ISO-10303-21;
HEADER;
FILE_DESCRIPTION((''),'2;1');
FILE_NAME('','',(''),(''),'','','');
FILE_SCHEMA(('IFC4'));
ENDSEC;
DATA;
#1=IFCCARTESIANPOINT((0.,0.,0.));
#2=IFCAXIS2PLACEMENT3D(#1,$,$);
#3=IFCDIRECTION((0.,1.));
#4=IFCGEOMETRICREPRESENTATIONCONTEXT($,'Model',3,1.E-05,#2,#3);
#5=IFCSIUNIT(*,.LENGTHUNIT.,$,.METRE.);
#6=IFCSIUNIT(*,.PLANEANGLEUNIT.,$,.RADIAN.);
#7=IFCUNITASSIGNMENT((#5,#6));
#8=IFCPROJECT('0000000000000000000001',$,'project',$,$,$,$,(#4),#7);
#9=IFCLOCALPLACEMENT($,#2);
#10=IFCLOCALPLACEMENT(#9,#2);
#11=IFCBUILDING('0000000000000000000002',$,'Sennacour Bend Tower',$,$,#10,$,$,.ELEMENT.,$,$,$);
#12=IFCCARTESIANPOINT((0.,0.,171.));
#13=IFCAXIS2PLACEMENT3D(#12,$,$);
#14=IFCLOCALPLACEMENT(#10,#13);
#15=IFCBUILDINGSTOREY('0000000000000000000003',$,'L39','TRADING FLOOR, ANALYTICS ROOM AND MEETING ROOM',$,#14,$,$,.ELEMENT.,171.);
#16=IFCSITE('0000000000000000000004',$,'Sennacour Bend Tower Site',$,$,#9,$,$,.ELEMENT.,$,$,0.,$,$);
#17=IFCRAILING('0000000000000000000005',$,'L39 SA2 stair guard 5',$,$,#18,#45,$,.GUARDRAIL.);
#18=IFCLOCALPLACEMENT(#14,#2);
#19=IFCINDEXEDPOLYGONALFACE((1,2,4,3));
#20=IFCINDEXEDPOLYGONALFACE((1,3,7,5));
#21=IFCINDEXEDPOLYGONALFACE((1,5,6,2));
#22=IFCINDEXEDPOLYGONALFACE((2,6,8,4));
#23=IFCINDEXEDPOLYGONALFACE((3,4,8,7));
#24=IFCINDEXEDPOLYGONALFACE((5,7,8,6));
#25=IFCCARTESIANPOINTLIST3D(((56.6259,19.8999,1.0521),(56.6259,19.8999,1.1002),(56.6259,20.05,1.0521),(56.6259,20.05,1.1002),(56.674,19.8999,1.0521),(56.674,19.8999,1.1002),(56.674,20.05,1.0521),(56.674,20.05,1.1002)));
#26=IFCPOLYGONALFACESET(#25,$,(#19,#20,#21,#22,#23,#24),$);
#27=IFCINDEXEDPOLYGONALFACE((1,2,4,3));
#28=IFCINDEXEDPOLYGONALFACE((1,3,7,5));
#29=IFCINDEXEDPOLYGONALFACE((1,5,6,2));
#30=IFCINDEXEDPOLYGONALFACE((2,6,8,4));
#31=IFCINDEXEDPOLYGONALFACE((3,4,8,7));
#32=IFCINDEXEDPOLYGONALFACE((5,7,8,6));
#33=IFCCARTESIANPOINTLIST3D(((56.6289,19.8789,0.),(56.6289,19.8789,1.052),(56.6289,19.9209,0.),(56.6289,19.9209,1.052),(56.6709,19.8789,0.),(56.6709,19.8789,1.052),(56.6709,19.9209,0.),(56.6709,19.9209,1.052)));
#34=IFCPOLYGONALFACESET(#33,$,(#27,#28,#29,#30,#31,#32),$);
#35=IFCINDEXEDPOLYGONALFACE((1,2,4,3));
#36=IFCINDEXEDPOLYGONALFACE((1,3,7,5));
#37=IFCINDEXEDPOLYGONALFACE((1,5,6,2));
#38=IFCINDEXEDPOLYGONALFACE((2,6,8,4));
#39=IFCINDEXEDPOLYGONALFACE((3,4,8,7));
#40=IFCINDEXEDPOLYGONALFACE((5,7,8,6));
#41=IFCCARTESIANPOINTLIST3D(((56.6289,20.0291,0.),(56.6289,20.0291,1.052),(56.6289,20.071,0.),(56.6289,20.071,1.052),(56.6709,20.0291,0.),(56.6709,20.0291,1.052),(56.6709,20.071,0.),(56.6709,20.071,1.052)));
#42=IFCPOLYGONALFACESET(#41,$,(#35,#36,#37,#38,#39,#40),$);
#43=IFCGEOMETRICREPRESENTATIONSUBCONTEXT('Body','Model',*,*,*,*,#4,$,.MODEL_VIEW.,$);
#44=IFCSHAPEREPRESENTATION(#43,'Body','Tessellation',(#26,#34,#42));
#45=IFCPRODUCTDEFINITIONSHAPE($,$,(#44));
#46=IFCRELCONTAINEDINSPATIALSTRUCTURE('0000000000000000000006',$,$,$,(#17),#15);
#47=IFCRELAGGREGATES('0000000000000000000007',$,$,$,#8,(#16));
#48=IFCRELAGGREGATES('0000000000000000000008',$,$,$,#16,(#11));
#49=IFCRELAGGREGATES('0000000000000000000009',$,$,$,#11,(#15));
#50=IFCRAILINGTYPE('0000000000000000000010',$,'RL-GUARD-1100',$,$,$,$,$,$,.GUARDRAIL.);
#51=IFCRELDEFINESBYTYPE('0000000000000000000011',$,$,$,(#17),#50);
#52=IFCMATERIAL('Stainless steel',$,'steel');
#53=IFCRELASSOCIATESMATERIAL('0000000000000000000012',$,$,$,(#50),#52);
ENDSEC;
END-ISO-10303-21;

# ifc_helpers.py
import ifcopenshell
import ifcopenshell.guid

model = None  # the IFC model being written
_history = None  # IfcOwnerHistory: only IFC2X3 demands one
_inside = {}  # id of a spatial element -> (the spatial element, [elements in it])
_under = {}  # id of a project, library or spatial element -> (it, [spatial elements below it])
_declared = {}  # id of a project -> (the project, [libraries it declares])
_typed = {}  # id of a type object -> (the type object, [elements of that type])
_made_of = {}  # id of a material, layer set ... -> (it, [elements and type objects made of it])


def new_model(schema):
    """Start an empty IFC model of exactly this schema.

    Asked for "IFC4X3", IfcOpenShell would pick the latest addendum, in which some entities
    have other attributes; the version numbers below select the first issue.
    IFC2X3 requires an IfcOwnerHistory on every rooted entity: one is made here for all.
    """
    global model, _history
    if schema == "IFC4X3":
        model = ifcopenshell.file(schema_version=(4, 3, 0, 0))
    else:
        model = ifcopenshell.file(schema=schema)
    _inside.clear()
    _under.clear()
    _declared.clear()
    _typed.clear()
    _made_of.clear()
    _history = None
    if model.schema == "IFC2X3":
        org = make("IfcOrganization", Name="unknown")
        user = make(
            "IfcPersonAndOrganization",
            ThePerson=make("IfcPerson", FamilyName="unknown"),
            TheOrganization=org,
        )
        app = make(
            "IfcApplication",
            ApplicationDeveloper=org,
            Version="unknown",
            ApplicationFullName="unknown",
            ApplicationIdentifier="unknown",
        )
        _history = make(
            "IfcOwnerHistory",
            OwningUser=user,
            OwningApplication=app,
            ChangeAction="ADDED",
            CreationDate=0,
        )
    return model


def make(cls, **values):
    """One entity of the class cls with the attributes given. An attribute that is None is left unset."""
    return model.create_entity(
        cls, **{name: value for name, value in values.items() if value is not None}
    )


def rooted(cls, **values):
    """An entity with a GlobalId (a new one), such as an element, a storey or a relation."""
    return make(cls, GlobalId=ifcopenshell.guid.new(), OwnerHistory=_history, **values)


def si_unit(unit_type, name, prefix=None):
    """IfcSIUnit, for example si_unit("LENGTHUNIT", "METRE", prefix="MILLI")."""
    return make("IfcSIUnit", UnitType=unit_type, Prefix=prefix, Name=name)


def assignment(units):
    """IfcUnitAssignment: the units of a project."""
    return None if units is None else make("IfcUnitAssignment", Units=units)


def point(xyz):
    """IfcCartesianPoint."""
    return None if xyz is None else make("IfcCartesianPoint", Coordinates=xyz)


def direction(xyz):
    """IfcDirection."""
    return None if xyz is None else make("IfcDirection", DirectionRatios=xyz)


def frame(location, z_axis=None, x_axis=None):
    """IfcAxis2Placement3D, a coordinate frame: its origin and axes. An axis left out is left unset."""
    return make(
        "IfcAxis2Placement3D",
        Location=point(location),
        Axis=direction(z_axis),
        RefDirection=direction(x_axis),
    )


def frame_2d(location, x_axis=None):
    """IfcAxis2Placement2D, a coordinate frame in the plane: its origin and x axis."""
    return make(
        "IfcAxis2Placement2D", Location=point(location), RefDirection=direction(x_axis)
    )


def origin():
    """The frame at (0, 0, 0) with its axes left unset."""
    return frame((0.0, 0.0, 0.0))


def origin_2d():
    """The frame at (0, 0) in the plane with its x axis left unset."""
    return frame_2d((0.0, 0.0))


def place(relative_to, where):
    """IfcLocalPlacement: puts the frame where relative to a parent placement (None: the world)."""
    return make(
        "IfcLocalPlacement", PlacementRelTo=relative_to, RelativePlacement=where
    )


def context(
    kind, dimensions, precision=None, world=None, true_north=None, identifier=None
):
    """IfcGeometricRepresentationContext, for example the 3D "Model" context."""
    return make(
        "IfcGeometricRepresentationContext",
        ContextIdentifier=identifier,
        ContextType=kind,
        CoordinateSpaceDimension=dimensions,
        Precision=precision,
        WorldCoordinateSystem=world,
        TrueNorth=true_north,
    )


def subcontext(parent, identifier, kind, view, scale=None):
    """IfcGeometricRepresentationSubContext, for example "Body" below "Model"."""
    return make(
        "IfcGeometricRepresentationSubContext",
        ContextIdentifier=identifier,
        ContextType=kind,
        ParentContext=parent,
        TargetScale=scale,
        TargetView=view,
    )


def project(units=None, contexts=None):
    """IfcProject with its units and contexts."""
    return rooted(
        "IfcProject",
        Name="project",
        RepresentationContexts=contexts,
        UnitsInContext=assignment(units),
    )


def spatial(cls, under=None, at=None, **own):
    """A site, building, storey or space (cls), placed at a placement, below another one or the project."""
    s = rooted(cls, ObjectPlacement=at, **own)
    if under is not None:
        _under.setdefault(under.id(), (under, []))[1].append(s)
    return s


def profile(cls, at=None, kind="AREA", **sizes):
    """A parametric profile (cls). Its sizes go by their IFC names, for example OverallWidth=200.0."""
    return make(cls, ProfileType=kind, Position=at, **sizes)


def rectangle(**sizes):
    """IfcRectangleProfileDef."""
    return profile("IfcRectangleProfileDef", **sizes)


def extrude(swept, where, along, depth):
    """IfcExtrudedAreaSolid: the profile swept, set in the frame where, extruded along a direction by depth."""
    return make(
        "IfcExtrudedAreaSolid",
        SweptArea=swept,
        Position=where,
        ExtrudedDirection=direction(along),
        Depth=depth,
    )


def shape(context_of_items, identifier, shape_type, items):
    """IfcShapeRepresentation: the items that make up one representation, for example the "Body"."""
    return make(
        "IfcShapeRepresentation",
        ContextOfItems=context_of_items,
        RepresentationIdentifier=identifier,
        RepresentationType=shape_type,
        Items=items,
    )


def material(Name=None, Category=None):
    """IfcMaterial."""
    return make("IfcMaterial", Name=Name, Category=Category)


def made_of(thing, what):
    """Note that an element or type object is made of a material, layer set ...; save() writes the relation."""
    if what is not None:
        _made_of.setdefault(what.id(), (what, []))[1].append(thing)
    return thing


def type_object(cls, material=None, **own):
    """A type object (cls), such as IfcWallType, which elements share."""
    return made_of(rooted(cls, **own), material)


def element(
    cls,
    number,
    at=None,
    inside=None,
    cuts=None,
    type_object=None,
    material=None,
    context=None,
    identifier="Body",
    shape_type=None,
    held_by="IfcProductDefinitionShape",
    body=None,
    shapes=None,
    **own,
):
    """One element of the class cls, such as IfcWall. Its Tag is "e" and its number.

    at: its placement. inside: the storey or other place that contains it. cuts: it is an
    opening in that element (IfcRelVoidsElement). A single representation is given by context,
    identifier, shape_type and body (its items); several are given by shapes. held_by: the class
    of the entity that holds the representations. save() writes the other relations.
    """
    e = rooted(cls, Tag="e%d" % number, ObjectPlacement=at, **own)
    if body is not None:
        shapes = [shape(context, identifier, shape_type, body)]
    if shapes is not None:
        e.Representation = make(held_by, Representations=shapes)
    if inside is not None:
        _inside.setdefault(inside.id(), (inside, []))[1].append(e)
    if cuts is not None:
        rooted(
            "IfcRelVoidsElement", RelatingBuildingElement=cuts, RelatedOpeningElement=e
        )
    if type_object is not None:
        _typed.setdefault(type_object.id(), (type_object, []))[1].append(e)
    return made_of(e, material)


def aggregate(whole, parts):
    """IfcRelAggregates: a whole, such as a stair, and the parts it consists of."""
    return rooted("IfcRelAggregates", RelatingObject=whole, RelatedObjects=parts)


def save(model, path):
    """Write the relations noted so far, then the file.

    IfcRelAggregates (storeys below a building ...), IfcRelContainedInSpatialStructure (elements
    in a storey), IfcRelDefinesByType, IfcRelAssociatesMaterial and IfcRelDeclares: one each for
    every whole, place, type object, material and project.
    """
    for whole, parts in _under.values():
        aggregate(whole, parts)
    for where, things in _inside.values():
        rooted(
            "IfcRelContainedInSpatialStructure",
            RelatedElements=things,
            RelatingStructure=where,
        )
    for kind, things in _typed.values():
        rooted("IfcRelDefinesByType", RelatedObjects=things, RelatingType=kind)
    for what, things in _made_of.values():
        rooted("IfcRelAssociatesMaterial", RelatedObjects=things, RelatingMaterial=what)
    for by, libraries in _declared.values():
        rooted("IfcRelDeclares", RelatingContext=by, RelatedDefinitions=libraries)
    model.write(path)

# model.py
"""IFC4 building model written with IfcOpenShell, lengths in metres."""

from ifc_helpers import new_model, si_unit, direction, frame, origin, origin_2d, place, context, subcontext, project, spatial, rectangle, extrude, material, type_object, element, save


model = new_model("IFC4")

# Units and contexts
model_context = context("Model", 3, precision=1e-05, world=origin(), true_north=direction((0.0, 1.0)))
body_context = subcontext(model_context, "Body", "Model", "MODEL_VIEW")
ifc_project = project(units=[si_unit("LENGTHUNIT", "METRE"), si_unit("PLANEANGLEUNIT", "RADIAN")], contexts=[model_context])

# Site, building, storey
site_placement = place(None, origin())
site = spatial("IfcSite", under=ifc_project, at=site_placement, Name="Sennacour Bend Tower Site", CompositionType="ELEMENT", RefElevation=0.0)
building_placement = place(site_placement, origin())
building = spatial("IfcBuilding", under=site, at=building_placement, Name="Sennacour Bend Tower", CompositionType="ELEMENT")
storey_placement = place(building_placement, frame((0.0, 0.0, 171.0)))
storey = spatial("IfcBuildingStorey", under=building, at=storey_placement, Name="L39", Description="TRADING FLOOR, ANALYTICS ROOM AND MEETING ROOM", CompositionType="ELEMENT", Elevation=171.0)

# Shared definitions
ifc_material_1 = material(Name="Stainless steel", Category="steel")

# Railing
railing_type = type_object("IfcRailingType", Name="RL-GUARD-1100", PredefinedType="GUARDRAIL", material=ifc_material_1)
railing_placement = place(storey_placement, frame((56.6499, 19.8999, 0.0)))
element("IfcRailing", 1, at=railing_placement, inside=storey, type_object=railing_type, Name="L39 SA2 stair guard 5", PredefinedType="GUARDRAIL", context=body_context, shape_type="SweptSolid", body=[
    extrude(rectangle(XDim=0.0481, YDim=0.0481, at=origin_2d()), frame((0.0, 0.0, 1.0762), z_axis=(0.0, 1.0, 0.0), x_axis=(-1.0, 0.0, 0.0)), (0.0, 0.0, 1.0), 0.1501),
    extrude(rectangle(XDim=0.042, YDim=0.042, at=origin_2d()), origin(), (0.0, 0.0, 1.0), 1.052),
    extrude(rectangle(XDim=0.042, YDim=0.042, at=origin_2d()), frame((0.0, 0.1501, 0.0)), (0.0, 0.0, 1.0), 1.052),
])

save(model, "model.ifc")
